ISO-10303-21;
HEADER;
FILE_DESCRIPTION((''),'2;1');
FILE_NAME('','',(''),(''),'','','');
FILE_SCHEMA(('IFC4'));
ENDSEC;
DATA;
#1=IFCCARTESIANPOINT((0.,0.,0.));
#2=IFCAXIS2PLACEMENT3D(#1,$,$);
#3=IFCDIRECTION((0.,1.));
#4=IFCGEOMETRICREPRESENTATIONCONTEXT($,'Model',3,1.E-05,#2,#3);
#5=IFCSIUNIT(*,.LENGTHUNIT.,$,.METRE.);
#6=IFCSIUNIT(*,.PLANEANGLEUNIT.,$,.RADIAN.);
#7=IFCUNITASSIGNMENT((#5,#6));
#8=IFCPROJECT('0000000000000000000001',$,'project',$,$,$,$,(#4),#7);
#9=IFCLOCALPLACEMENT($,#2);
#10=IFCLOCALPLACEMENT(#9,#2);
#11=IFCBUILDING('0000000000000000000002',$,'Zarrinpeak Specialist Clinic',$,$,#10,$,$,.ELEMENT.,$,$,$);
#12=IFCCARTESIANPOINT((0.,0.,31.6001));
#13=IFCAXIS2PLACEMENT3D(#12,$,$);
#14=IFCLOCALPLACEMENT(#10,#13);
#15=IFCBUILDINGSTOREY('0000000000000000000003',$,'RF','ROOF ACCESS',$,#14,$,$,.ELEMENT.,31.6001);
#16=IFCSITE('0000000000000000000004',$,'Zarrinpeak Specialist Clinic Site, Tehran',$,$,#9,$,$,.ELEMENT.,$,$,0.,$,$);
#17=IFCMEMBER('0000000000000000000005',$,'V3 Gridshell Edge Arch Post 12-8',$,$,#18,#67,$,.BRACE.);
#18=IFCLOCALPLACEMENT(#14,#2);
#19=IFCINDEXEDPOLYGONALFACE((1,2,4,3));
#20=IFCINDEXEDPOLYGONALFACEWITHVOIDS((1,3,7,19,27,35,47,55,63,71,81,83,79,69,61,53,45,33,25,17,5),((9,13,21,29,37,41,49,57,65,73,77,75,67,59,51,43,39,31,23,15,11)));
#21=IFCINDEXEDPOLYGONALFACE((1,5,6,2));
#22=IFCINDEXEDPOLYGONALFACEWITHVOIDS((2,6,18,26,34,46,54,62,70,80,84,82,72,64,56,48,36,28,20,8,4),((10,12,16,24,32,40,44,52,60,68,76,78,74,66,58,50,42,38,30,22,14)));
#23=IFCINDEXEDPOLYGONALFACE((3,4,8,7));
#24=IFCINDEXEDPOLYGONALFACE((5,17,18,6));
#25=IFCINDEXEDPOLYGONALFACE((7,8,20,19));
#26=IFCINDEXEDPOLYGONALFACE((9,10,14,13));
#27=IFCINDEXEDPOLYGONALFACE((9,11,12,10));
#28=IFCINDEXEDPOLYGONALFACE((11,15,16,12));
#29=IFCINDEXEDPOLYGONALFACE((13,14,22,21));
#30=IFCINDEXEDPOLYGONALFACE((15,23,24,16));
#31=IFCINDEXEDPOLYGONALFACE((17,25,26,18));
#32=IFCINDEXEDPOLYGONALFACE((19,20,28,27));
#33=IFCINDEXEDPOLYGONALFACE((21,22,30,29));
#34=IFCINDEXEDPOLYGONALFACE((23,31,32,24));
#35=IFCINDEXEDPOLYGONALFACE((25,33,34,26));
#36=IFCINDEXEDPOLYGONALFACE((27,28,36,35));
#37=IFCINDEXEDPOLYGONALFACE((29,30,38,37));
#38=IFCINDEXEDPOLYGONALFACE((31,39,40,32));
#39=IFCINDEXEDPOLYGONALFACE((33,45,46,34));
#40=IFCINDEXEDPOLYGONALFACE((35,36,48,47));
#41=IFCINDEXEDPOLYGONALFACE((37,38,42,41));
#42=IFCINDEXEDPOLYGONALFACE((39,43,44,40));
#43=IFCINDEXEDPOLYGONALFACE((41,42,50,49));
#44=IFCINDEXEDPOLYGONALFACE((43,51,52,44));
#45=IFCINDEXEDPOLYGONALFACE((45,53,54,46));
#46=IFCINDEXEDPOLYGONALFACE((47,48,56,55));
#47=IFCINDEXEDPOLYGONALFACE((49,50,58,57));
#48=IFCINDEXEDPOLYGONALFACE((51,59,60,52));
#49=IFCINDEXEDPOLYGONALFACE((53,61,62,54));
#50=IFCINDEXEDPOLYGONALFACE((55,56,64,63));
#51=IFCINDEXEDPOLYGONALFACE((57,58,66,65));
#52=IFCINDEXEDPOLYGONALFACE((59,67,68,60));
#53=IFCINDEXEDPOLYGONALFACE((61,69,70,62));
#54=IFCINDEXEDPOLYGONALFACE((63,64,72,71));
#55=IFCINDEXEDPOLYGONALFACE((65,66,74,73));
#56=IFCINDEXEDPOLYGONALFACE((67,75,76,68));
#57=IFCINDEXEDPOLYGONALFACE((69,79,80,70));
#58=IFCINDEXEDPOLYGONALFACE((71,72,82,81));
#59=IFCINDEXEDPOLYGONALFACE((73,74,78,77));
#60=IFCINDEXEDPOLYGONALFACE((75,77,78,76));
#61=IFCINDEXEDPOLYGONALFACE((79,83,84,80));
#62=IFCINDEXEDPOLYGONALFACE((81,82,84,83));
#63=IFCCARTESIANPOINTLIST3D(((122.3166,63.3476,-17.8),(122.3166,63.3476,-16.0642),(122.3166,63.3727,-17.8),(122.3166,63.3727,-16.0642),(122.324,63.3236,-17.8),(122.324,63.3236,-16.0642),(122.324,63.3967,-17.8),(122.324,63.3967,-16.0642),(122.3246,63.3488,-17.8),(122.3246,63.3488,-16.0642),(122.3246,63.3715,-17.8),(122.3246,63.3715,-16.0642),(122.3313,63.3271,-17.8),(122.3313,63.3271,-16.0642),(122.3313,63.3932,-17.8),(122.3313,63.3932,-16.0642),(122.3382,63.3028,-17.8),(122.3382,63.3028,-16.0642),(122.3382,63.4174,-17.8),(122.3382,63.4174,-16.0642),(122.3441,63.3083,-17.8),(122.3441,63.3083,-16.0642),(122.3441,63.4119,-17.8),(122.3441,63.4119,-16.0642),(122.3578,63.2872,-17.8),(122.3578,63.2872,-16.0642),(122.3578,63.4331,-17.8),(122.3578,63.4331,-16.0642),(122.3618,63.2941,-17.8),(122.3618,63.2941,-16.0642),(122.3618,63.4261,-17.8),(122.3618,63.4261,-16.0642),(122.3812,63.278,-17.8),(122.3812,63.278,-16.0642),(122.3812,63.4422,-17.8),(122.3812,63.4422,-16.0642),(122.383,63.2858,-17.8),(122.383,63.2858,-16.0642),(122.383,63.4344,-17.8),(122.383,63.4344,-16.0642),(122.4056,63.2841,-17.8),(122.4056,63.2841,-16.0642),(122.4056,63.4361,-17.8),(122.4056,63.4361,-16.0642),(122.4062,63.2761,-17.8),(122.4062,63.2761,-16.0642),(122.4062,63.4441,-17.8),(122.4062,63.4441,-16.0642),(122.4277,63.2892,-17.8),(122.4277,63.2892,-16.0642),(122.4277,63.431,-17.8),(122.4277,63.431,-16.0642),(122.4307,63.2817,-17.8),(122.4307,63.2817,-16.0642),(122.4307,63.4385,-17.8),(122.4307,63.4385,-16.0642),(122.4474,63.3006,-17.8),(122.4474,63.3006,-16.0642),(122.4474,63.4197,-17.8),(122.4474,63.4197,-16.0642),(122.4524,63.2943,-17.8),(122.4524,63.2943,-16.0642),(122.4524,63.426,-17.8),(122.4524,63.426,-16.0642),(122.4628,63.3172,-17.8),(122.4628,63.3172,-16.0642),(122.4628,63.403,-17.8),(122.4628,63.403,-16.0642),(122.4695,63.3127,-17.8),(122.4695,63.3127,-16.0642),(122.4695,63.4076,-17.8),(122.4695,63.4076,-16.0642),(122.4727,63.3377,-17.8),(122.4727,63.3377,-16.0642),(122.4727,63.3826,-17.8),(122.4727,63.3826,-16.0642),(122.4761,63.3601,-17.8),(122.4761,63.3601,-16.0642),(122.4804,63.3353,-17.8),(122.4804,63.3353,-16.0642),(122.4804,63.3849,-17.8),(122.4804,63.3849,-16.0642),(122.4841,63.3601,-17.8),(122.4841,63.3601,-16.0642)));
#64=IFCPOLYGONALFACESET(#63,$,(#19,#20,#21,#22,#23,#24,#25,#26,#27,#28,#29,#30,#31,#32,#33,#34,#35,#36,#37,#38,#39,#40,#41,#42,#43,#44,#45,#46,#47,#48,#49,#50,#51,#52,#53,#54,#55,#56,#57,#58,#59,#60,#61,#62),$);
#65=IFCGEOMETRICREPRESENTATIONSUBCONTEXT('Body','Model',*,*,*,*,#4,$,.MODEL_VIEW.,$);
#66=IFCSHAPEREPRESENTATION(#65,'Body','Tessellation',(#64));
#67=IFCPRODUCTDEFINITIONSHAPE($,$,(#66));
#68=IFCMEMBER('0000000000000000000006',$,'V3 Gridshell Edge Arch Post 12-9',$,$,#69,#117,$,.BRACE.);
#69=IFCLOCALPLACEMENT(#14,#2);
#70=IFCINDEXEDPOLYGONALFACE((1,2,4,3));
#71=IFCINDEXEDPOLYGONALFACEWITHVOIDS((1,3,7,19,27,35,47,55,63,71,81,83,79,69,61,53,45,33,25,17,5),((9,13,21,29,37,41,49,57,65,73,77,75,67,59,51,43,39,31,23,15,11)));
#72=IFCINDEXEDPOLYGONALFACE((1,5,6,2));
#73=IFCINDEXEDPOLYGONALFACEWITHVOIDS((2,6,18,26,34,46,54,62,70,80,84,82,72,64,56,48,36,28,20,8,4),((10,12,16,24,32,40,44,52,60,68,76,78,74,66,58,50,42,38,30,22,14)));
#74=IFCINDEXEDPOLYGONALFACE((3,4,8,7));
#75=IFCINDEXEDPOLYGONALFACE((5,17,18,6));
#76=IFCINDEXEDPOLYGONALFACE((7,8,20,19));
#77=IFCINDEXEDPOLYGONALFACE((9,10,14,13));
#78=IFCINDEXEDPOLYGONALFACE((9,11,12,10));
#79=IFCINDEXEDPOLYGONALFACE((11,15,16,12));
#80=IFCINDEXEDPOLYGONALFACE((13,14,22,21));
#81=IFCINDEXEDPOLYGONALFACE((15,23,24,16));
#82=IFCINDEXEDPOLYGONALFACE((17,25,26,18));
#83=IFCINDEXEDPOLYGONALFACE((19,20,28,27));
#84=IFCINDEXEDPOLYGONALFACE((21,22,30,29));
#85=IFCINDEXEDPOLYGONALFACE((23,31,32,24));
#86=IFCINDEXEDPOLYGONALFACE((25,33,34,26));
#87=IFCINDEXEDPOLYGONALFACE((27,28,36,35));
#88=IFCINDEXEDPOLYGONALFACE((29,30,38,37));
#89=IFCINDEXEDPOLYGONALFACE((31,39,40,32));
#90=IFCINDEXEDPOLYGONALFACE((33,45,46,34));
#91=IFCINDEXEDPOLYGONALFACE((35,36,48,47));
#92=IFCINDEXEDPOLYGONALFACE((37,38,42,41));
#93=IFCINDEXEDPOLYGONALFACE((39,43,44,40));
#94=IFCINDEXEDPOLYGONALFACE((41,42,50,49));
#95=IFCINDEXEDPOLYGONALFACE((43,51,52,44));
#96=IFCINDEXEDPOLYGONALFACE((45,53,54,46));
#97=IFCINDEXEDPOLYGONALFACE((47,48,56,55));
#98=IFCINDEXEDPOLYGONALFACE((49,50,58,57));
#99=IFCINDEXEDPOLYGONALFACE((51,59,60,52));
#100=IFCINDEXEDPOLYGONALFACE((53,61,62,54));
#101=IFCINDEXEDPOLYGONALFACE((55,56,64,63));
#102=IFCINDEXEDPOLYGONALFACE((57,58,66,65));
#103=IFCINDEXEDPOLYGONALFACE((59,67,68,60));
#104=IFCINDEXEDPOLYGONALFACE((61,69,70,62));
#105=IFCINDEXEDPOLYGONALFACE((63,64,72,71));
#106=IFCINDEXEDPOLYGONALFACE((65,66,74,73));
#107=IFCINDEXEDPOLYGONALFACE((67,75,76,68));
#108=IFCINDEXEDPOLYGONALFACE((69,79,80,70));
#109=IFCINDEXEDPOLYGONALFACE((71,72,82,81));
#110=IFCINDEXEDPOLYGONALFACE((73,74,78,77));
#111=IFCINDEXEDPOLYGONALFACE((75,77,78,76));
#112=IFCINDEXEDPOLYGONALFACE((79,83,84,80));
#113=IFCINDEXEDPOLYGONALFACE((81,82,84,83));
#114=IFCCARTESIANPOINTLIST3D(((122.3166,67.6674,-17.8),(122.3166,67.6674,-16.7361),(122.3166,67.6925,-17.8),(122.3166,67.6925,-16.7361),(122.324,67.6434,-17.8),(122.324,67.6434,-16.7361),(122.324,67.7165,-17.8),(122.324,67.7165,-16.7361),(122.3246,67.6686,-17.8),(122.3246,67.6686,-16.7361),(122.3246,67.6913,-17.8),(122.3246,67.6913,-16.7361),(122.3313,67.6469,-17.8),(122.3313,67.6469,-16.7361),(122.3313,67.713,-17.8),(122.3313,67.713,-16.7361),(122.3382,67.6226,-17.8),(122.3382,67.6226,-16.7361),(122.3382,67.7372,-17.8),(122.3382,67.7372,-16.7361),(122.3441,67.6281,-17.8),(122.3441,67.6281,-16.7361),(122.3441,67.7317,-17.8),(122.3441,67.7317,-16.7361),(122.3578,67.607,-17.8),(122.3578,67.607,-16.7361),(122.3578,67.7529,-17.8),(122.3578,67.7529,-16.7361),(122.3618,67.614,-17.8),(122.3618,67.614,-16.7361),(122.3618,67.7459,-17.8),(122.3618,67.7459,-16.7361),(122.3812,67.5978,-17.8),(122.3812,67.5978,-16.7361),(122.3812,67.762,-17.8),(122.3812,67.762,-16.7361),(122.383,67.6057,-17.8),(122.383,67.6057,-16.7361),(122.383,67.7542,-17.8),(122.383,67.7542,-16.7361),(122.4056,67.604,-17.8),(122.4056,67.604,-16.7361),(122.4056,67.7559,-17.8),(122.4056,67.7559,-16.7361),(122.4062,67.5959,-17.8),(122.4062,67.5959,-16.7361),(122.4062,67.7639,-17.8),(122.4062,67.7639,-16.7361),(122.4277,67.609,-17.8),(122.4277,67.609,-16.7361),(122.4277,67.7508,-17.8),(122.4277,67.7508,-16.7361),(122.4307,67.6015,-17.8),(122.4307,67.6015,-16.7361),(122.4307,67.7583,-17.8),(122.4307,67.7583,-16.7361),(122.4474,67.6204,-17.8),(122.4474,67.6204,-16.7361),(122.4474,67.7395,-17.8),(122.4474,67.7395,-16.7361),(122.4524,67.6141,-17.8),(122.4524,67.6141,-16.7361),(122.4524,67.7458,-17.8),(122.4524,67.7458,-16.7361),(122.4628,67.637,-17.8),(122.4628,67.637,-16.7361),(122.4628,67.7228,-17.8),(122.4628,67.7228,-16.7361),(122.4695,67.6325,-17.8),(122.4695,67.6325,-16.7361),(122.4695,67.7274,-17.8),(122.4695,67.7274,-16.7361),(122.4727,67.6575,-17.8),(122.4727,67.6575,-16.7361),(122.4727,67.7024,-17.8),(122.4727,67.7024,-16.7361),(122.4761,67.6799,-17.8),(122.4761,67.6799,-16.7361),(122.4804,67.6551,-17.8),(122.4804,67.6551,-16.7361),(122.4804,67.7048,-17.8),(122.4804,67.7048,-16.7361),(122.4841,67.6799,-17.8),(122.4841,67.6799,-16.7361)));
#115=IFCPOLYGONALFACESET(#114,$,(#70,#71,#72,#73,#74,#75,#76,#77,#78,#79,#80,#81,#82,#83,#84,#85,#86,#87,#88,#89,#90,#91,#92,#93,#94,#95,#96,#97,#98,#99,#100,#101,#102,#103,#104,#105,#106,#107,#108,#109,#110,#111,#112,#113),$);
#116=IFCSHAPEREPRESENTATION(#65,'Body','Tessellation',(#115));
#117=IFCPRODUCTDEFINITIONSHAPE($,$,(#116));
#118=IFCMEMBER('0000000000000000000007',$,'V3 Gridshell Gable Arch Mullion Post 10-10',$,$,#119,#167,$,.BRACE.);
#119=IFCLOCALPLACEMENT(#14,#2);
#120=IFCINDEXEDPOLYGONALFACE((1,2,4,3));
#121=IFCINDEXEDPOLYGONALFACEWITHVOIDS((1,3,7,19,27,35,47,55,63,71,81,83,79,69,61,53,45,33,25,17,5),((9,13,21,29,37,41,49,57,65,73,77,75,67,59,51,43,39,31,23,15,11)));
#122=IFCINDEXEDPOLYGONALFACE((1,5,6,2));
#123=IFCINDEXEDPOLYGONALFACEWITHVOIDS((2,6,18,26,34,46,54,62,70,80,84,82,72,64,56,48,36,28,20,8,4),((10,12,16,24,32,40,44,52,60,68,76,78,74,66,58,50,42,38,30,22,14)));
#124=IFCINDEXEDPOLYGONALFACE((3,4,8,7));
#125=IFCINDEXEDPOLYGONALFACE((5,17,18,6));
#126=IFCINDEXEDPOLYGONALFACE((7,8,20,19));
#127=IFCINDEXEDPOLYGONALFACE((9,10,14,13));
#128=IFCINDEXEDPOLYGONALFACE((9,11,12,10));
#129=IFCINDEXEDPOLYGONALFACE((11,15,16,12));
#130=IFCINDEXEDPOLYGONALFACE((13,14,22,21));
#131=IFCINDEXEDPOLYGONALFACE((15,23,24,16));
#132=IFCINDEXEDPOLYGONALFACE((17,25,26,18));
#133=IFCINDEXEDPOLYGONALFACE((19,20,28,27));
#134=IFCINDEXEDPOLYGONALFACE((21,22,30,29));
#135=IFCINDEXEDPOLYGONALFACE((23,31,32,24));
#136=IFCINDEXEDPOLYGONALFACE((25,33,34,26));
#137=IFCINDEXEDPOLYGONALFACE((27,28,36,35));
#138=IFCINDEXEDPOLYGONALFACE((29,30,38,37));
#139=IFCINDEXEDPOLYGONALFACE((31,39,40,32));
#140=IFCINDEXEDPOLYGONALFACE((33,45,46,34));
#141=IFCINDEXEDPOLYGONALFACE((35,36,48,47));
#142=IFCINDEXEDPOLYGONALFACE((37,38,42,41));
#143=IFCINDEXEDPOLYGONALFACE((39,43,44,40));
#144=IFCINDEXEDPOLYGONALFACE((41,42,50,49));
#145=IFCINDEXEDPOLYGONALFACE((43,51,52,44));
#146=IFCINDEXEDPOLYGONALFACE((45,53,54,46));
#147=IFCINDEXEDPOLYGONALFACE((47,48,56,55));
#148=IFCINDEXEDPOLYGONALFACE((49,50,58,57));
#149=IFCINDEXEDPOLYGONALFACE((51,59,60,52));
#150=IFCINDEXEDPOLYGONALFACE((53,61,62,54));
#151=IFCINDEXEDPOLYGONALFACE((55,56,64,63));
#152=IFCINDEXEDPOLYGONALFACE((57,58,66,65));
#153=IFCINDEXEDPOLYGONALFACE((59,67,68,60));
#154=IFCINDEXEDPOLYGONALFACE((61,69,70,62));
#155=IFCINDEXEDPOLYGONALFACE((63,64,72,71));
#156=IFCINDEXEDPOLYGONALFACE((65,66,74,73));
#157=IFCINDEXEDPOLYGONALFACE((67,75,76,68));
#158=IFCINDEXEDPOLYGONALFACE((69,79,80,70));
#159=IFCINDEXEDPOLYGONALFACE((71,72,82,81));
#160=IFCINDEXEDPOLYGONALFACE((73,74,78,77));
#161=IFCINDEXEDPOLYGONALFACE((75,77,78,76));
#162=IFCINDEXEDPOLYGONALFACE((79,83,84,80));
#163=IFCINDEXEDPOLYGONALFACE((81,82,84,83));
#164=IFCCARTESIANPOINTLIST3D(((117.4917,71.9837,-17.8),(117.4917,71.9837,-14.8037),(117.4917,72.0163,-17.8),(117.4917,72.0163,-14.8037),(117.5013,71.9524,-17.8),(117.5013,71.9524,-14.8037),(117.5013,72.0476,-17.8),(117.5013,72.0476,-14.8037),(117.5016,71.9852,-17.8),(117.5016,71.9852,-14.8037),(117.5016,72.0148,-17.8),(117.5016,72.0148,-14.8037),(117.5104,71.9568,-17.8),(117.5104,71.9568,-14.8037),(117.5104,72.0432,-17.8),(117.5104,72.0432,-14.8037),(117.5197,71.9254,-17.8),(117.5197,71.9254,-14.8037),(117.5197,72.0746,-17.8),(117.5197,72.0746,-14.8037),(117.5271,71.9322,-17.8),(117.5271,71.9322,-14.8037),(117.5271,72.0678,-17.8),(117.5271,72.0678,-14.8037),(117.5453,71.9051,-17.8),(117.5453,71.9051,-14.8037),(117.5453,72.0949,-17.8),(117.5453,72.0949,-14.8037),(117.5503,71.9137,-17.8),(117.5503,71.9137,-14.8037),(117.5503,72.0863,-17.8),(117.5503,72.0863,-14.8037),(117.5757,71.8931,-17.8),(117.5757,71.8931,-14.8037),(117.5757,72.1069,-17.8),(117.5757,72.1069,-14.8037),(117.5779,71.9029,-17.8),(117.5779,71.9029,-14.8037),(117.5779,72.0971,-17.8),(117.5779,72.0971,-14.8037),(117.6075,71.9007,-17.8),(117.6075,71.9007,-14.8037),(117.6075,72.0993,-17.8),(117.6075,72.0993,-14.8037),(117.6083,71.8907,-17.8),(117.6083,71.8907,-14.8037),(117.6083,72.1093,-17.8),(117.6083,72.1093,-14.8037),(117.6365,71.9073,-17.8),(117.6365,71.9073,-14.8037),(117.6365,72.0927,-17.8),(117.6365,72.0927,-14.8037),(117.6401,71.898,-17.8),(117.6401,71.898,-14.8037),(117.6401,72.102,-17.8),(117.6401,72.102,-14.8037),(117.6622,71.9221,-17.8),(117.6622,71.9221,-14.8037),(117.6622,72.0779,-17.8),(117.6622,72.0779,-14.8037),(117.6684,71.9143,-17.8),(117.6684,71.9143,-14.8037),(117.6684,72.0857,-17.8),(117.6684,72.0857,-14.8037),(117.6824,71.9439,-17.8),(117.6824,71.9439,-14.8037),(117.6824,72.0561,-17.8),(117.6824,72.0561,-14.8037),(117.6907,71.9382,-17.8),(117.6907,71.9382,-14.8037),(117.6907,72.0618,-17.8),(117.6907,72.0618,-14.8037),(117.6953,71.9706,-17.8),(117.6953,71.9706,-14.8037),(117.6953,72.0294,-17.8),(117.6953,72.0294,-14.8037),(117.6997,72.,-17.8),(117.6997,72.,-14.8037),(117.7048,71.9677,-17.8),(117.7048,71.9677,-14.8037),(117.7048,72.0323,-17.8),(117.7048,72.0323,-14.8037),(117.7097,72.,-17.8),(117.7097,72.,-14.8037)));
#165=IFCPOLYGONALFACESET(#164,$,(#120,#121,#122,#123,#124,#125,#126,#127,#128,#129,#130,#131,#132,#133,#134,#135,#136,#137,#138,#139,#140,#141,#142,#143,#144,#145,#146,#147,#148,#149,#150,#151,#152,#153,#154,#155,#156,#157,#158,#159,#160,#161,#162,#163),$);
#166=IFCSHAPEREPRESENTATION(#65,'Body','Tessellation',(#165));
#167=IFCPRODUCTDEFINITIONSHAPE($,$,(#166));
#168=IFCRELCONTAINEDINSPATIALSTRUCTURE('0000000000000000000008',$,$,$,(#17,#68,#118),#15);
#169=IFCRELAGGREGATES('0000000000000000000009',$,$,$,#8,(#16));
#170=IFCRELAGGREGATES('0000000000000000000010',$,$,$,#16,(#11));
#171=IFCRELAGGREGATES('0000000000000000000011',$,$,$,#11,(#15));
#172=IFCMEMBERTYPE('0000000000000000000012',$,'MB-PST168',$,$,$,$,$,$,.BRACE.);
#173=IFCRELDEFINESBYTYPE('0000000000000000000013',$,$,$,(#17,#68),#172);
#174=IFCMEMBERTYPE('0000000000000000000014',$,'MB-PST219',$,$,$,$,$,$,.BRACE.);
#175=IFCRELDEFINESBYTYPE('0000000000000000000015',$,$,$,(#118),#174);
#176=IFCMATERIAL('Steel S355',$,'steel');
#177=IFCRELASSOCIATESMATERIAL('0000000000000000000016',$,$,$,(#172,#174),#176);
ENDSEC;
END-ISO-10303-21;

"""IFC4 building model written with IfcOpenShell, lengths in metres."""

from ifc_helpers import new_model, si_unit, direction, frame, origin, origin_2d, place, context, subcontext, project, spatial, hollow_circle, extrude, material, material_profile, profile_set, type_object, element, save


model = new_model("IFC4")

# Units and contexts
model_context = context("Model", 3, precision=1e-05, world=origin(), true_north=direction((0.0, 1.0)))
body_context = subcontext(model_context, "Body", "Model", "MODEL_VIEW")
ifc_project = project(units=[si_unit("LENGTHUNIT", "METRE"), si_unit("PLANEANGLEUNIT", "RADIAN")], contexts=[model_context])

# Site, building, storey
site_placement = place(None, origin())
site = spatial("IfcSite", under=ifc_project, at=site_placement, Name="Zarrinpeak Specialist Clinic Site, Tehran", CompositionType="ELEMENT", RefElevation=0.0)
building_placement = place(site_placement, origin())
building = spatial("IfcBuilding", under=site, at=building_placement, Name="Zarrinpeak Specialist Clinic", CompositionType="ELEMENT")
storey_placement = place(building_placement, frame((0.0, 0.0, 31.6001)))
storey = spatial("IfcBuildingStorey", under=building, at=storey_placement, Name="RF", Description="ROOF ACCESS", CompositionType="ELEMENT", Elevation=31.6001)

# Members
ifc_material_1 = material(Name="Steel S355", Category="steel")
ifc_material_profile_1 = material_profile(ifc_material_1, hollow_circle(Radius=0.0842, WallThickness=0.0081, at=origin_2d()), Name="CHS 168.3x8.0")
ifc_profile_set_1 = profile_set([ifc_material_profile_1], Name="Steel S355")
member_type_1 = type_object("IfcMemberType", Name="MB-PST168", PredefinedType="BRACE", material=ifc_profile_set_1)
member_1_placement = place(storey_placement, frame((122.3999, 63.3601, -17.8), z_axis=(0.0, 0.0, 1.0), x_axis=(1.0, 0.0, 0.0)))
element("IfcMember", 1, at=member_1_placement, inside=storey, type_object=member_type_1, Name="V3 Gridshell Edge Arch Post 12-8", PredefinedType="BRACE", context=body_context, shape_type="SweptSolid", body=[
    extrude(hollow_circle(Radius=0.0842, WallThickness=0.0081, at=origin_2d()), origin(), (0.0, 0.0, 1.0), 1.7358),
])
member_2_placement = place(storey_placement, frame((122.3999, 67.6799, -17.8), z_axis=(0.0, 0.0, 1.0), x_axis=(1.0, 0.0, 0.0)))
element("IfcMember", 2, at=member_2_placement, inside=storey, type_object=member_type_1, Name="V3 Gridshell Edge Arch Post 12-9", PredefinedType="BRACE", context=body_context, shape_type="SweptSolid", body=[
    extrude(hollow_circle(Radius=0.0842, WallThickness=0.0081, at=origin_2d()), origin(), (0.0, 0.0, 1.0), 1.064),
])
ifc_material_profile_2 = material_profile(ifc_material_1, hollow_circle(Radius=0.1096, WallThickness=0.01, at=origin_2d()), Name="CHS 219.1x10.0")
ifc_profile_set_2 = profile_set([ifc_material_profile_2], Name="Steel S355")
member_type_2 = type_object("IfcMemberType", Name="MB-PST219", PredefinedType="BRACE", material=ifc_profile_set_2)
member_3_placement = place(storey_placement, frame((117.6001, 72.0, -17.8), z_axis=(0.0, 0.0, 1.0), x_axis=(1.0, 0.0, 0.0)))
element("IfcMember", 3, at=member_3_placement, inside=storey, type_object=member_type_2, Name="V3 Gridshell Gable Arch Mullion Post 10-10", PredefinedType="BRACE", context=body_context, shape_type="SweptSolid", body=[
    extrude(hollow_circle(Radius=0.1096, WallThickness=0.01, at=origin_2d()), origin(), (0.0, 0.0, 1.0), 2.9963),
])

save(model, "model.ifc")
